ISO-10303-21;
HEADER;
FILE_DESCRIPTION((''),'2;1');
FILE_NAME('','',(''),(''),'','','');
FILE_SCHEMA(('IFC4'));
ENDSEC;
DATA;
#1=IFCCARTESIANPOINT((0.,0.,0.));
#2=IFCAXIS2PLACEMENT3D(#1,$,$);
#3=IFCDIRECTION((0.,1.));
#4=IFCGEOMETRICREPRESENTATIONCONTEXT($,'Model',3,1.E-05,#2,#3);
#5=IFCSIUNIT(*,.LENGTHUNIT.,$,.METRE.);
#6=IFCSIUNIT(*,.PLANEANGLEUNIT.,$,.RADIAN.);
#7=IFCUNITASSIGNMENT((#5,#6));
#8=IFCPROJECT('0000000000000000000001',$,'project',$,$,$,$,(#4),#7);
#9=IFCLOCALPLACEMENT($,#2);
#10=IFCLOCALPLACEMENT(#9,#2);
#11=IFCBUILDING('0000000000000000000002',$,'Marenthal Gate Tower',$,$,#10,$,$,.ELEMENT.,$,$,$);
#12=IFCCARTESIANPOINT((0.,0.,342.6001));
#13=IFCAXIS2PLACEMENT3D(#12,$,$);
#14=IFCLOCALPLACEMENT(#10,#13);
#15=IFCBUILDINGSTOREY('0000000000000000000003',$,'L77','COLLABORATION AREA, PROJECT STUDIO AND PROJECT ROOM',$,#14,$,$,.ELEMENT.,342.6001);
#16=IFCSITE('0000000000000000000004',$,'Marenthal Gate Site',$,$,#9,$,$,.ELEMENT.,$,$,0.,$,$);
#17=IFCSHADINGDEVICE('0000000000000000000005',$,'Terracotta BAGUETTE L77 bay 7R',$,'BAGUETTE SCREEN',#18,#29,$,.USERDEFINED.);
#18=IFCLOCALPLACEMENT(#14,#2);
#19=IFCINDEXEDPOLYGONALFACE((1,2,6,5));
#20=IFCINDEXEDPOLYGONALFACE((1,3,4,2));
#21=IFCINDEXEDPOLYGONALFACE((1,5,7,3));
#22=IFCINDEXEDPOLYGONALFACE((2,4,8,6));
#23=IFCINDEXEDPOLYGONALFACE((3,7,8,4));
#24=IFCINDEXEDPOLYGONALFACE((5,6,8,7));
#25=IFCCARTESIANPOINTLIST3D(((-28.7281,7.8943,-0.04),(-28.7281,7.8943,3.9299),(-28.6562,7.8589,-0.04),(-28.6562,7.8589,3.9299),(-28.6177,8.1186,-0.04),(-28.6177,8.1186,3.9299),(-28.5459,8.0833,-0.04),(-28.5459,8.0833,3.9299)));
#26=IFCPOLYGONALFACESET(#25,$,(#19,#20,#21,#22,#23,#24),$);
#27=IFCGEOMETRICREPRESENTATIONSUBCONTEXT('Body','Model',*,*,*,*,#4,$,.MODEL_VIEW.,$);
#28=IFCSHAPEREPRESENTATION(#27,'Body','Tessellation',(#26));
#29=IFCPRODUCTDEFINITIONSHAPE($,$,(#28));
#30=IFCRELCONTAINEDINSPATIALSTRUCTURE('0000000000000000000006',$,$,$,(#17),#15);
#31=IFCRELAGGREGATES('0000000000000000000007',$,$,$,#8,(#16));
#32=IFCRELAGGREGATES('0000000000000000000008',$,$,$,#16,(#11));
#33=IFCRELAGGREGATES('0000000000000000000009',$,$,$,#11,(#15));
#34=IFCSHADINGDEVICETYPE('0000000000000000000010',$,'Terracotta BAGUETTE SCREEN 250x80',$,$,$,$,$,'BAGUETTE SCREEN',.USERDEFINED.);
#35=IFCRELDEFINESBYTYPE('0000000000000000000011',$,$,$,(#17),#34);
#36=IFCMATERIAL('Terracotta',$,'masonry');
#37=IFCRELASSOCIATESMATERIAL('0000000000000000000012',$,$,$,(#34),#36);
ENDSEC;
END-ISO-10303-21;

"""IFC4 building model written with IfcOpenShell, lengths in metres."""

from ifc_helpers import new_model, si_unit, direction, frame, origin, origin_2d, place, context, subcontext, project, spatial, rectangle, extrude, material, material_profile, profile_set, type_object, element, save


model = new_model("IFC4")

# Units and contexts
model_context = context("Model", 3, precision=1e-05, world=origin(), true_north=direction((0.0, 1.0)))
body_context = subcontext(model_context, "Body", "Model", "MODEL_VIEW")
ifc_project = project(units=[si_unit("LENGTHUNIT", "METRE"), si_unit("PLANEANGLEUNIT", "RADIAN")], contexts=[model_context])

# Site, building, storey
site_placement = place(None, origin())
site = spatial("IfcSite", under=ifc_project, at=site_placement, Name="Marenthal Gate Site", CompositionType="ELEMENT", RefElevation=0.0)
building_placement = place(site_placement, origin())
building = spatial("IfcBuilding", under=site, at=building_placement, Name="Marenthal Gate Tower", CompositionType="ELEMENT")
storey_placement = place(building_placement, frame((0.0, 0.0, 342.6001)))
storey = spatial("IfcBuildingStorey", under=building, at=storey_placement, Name="L77", Description="COLLABORATION AREA, PROJECT STUDIO AND PROJECT ROOM", CompositionType="ELEMENT", Elevation=342.6001)

# Shading device
ifc_material_1 = material(Name="Terracotta", Category="masonry")
ifc_material_profile_1 = material_profile(ifc_material_1, rectangle(XDim=0.25, YDim=0.0801, at=origin_2d()), Name="Terracotta baguette 250x80")
ifc_profile_set_1 = profile_set([ifc_material_profile_1], Name="Terracotta")
shading_device_type = type_object("IfcShadingDeviceType", Name="Terracotta BAGUETTE SCREEN 250x80", ElementType="BAGUETTE SCREEN", PredefinedType="USERDEFINED", material=ifc_profile_set_1)
shading_device_placement = place(storey_placement, frame((-28.637, 7.9888, -0.04), z_axis=(0.0, 0.0, 1.0), x_axis=(-0.441298, -0.897361, 0.0)))
element("IfcShadingDevice", 1, at=shading_device_placement, inside=storey, type_object=shading_device_type, Name="Terracotta BAGUETTE L77 bay 7R", ObjectType="BAGUETTE SCREEN", PredefinedType="USERDEFINED", context=body_context, shape_type="SweptSolid", body=[
    extrude(rectangle(XDim=0.25, YDim=0.0801, at=origin_2d()), origin(), (0.0, 0.0, 1.0), 3.97),
])

save(model, "model.ifc")
